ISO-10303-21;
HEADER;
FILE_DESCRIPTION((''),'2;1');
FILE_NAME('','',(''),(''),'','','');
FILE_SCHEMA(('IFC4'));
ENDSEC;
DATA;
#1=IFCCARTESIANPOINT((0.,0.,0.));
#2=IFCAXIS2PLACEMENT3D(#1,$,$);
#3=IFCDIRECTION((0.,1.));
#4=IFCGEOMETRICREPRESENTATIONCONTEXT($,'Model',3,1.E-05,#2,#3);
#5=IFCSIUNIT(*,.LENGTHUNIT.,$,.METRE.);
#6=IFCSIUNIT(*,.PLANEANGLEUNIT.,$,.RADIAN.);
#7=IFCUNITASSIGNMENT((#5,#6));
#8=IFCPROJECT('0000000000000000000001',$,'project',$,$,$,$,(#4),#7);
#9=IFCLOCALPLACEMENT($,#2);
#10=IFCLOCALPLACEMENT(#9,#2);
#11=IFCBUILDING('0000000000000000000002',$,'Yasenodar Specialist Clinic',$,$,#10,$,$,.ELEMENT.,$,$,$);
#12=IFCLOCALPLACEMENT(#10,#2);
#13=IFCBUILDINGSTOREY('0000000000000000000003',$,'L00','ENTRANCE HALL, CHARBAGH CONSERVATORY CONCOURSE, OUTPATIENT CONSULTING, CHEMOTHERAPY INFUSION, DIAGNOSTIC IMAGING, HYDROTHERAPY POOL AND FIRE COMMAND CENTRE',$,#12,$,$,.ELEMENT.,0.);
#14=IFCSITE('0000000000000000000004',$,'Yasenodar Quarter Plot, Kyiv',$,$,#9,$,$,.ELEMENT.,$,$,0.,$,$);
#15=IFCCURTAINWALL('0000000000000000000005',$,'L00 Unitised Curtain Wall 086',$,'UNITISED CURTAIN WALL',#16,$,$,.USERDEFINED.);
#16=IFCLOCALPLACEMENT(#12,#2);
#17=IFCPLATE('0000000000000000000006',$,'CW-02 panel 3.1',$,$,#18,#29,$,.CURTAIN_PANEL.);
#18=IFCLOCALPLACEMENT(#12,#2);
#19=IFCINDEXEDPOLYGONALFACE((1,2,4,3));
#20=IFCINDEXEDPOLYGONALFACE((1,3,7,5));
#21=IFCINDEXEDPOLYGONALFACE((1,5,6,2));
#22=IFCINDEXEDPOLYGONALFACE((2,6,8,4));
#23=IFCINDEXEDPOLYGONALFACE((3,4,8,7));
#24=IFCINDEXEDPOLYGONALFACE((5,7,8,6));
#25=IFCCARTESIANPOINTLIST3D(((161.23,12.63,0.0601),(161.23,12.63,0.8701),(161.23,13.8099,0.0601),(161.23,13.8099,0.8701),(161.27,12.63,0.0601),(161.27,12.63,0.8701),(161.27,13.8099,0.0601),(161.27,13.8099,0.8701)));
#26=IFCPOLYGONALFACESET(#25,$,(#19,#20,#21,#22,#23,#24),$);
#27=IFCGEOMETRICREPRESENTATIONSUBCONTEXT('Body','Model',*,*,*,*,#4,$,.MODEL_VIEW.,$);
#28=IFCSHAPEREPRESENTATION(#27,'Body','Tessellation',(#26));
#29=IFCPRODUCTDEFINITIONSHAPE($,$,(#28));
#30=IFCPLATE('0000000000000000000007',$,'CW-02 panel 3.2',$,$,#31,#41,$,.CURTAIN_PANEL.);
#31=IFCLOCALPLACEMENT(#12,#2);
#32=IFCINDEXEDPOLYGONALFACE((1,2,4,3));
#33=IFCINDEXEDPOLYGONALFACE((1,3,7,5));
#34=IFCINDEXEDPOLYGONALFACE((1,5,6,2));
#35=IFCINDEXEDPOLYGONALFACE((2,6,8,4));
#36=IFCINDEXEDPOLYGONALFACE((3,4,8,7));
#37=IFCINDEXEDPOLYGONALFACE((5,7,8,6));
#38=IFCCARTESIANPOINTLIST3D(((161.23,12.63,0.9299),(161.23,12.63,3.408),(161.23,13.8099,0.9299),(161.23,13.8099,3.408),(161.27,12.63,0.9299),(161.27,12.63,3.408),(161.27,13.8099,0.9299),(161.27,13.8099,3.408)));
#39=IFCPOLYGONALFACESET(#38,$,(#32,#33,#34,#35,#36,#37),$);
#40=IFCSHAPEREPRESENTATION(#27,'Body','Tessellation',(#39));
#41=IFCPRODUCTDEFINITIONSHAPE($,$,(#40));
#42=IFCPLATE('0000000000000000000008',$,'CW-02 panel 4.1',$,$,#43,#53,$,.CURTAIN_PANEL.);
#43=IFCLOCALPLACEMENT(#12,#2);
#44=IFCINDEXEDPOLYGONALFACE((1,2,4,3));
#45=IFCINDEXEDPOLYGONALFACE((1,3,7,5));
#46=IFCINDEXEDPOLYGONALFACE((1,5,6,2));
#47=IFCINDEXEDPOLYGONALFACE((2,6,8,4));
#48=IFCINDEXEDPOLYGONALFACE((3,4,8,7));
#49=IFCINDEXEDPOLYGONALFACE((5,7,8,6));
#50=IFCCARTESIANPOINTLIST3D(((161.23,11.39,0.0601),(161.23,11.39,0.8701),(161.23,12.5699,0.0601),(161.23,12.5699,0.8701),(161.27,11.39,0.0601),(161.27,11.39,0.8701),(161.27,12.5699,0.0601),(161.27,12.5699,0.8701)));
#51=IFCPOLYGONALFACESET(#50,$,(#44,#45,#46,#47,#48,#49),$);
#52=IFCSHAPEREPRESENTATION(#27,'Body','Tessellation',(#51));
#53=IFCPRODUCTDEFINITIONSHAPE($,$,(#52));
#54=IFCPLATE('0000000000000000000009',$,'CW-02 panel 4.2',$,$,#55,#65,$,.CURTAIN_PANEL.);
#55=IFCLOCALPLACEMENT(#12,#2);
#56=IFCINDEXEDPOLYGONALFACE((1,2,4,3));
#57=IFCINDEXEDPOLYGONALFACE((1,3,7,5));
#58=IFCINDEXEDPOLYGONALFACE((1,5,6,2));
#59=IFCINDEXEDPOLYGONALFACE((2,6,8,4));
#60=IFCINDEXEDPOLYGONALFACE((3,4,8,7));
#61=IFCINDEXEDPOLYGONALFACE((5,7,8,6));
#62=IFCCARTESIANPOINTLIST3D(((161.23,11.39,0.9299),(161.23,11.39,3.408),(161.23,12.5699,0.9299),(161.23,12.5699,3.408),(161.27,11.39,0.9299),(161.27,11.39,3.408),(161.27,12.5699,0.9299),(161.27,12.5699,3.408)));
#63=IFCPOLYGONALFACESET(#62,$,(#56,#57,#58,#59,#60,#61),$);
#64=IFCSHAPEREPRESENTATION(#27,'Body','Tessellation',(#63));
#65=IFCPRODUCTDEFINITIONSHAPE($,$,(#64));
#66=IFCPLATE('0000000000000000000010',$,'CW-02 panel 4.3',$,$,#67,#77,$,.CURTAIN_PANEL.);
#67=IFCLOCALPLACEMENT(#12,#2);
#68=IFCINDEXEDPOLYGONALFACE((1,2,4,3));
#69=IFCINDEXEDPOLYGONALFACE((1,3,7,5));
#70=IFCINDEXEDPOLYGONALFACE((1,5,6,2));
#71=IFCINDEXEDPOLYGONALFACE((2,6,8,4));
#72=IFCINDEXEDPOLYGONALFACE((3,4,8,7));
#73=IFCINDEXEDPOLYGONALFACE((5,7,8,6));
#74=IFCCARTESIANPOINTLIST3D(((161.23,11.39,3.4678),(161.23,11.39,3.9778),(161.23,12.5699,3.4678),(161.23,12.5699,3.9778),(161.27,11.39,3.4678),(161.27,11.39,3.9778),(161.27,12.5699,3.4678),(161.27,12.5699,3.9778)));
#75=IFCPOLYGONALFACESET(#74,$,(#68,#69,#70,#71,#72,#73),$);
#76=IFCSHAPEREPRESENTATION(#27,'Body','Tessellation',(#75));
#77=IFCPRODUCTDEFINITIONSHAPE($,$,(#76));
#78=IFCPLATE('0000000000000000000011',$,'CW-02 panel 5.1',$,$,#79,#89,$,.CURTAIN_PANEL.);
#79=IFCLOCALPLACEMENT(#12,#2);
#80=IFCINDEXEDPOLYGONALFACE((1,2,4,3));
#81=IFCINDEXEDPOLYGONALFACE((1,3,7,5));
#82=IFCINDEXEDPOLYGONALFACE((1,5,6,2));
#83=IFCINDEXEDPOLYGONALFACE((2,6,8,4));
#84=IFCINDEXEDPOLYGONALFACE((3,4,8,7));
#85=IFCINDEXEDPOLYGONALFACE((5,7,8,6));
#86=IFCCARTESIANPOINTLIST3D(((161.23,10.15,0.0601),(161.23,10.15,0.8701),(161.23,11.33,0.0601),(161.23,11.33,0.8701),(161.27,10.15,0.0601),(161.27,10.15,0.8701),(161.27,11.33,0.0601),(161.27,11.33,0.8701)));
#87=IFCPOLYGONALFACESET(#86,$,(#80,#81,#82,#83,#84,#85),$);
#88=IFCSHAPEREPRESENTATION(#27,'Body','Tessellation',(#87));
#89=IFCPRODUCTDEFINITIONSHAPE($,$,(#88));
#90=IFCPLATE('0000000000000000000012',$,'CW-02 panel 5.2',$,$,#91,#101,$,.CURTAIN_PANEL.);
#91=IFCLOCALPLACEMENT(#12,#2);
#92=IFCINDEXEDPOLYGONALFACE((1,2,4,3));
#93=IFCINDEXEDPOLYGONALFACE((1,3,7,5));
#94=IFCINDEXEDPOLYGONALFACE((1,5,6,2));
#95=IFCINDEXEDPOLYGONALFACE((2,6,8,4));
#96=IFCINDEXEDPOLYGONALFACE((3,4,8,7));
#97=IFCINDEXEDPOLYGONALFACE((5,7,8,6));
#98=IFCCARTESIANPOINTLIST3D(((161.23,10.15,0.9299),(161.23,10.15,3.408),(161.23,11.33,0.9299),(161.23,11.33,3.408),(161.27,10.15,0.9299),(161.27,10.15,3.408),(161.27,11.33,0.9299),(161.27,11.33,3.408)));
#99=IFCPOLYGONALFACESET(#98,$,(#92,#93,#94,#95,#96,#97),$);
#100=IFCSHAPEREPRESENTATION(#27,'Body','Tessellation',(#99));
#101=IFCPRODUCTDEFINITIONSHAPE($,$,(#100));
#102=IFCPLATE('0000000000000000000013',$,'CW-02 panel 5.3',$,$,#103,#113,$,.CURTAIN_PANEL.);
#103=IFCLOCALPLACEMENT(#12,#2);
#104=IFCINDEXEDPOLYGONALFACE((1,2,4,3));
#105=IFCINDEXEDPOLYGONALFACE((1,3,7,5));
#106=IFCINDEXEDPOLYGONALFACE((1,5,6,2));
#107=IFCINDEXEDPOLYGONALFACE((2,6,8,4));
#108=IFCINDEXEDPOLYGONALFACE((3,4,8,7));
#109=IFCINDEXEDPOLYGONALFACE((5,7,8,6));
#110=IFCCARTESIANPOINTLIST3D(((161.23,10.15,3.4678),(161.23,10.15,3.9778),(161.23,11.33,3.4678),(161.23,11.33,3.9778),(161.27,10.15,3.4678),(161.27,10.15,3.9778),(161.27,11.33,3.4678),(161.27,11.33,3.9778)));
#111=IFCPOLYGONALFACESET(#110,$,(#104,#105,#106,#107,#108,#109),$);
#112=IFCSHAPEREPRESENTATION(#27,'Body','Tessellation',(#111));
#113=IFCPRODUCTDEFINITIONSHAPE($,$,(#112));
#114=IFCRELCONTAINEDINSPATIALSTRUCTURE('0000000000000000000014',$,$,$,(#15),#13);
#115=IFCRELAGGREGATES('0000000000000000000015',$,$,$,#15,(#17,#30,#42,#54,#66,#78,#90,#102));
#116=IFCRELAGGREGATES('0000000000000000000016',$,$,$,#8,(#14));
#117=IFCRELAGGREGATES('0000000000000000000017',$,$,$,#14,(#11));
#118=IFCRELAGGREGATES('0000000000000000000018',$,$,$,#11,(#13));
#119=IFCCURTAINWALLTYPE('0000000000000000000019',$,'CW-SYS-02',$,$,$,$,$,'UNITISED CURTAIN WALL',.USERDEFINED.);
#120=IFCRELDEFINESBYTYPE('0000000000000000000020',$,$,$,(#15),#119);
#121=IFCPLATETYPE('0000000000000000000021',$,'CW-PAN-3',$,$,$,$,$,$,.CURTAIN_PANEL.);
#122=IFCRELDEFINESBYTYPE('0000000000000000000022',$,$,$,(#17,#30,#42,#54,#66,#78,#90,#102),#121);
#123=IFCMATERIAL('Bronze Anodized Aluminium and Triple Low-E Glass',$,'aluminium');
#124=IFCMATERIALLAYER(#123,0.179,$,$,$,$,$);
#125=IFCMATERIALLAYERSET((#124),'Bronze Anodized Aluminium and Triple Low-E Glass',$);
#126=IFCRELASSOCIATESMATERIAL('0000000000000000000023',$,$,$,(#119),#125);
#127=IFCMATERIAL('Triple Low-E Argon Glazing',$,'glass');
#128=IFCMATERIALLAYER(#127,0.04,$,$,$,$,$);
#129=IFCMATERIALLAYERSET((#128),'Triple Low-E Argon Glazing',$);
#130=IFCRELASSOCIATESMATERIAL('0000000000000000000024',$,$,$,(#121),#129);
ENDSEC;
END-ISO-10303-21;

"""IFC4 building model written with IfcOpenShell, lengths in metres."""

from ifc_helpers import new_model, si_unit, direction, frame, origin, origin_2d, place, context, subcontext, project, spatial, rectangle, extrude, material, layer, layer_set, type_object, element, aggregate, save


model = new_model("IFC4")

# Units and contexts
model_context = context("Model", 3, precision=1e-05, world=origin(), true_north=direction((0.0, 1.0)))
body_context = subcontext(model_context, "Body", "Model", "MODEL_VIEW")
ifc_project = project(units=[si_unit("LENGTHUNIT", "METRE"), si_unit("PLANEANGLEUNIT", "RADIAN")], contexts=[model_context])

# Site, building, storey
site_placement = place(None, origin())
site = spatial("IfcSite", under=ifc_project, at=site_placement, Name="Yasenodar Quarter Plot, Kyiv", CompositionType="ELEMENT", RefElevation=0.0)
building_placement = place(site_placement, origin())
building = spatial("IfcBuilding", under=site, at=building_placement, Name="Yasenodar Specialist Clinic", CompositionType="ELEMENT")
storey_placement = place(building_placement, origin())
storey = spatial("IfcBuildingStorey", under=building, at=storey_placement, Name="L00", Description="ENTRANCE HALL, CHARBAGH CONSERVATORY CONCOURSE, OUTPATIENT CONSULTING, CHEMOTHERAPY INFUSION, DIAGNOSTIC IMAGING, HYDROTHERAPY POOL AND FIRE COMMAND CENTRE", CompositionType="ELEMENT", Elevation=0.0)

# Curtain wall, plates
ifc_material_1 = material(Name="Bronze Anodized Aluminium and Triple Low-E Glass", Category="aluminium")
ifc_layer_1 = layer(ifc_material_1, 0.179)
ifc_layer_set_1 = layer_set([ifc_layer_1], Name="Bronze Anodized Aluminium and Triple Low-E Glass")
curtain_wall_type = type_object("IfcCurtainWallType", Name="CW-SYS-02", ElementType="UNITISED CURTAIN WALL", PredefinedType="USERDEFINED", material=ifc_layer_set_1)
curtain_wall_placement = place(storey_placement, origin())
curtain_wall = element("IfcCurtainWall", 1, at=curtain_wall_placement, inside=storey, type_object=curtain_wall_type, Name="L00 Unitised Curtain Wall 086", ObjectType="UNITISED CURTAIN WALL", PredefinedType="USERDEFINED")
ifc_material_2 = material(Name="Triple Low-E Argon Glazing", Category="glass")
ifc_layer_2 = layer(ifc_material_2, 0.04)
ifc_layer_set_2 = layer_set([ifc_layer_2], Name="Triple Low-E Argon Glazing")
plate_type = type_object("IfcPlateType", Name="CW-PAN-3", PredefinedType="CURTAIN_PANEL", material=ifc_layer_set_2)
plate_1_placement = place(storey_placement, frame((161.25, 13.22, 0.0601), z_axis=(0.0, 0.0, 1.0), x_axis=(0.0, -1.0, 0.0)))
plate_1 = element("IfcPlate", 2, at=plate_1_placement, type_object=plate_type, Name="CW-02 panel 3.1", PredefinedType="CURTAIN_PANEL", context=body_context, shape_type="SweptSolid", body=[
    extrude(rectangle(XDim=1.1799, YDim=0.04, at=origin_2d()), origin(), (0.0, 0.0, 1.0), 0.8101),
])
plate_2_placement = place(storey_placement, frame((161.25, 13.22, 0.9299), z_axis=(0.0, 0.0, 1.0), x_axis=(0.0, -1.0, 0.0)))
plate_2 = element("IfcPlate", 3, at=plate_2_placement, type_object=plate_type, Name="CW-02 panel 3.2", PredefinedType="CURTAIN_PANEL", context=body_context, shape_type="SweptSolid", body=[
    extrude(rectangle(XDim=1.1799, YDim=0.04, at=origin_2d()), origin(), (0.0, 0.0, 1.0), 2.478),
])
plate_3_placement = place(storey_placement, frame((161.25, 11.98, 0.0601), z_axis=(0.0, 0.0, 1.0), x_axis=(0.0, -1.0, 0.0)))
plate_3 = element("IfcPlate", 4, at=plate_3_placement, type_object=plate_type, Name="CW-02 panel 4.1", PredefinedType="CURTAIN_PANEL", context=body_context, shape_type="SweptSolid", body=[
    extrude(rectangle(XDim=1.1799, YDim=0.04, at=origin_2d()), origin(), (0.0, 0.0, 1.0), 0.8101),
])
plate_4_placement = place(storey_placement, frame((161.25, 11.98, 0.9299), z_axis=(0.0, 0.0, 1.0), x_axis=(0.0, -1.0, 0.0)))
plate_4 = element("IfcPlate", 5, at=plate_4_placement, type_object=plate_type, Name="CW-02 panel 4.2", PredefinedType="CURTAIN_PANEL", context=body_context, shape_type="SweptSolid", body=[
    extrude(rectangle(XDim=1.1799, YDim=0.04, at=origin_2d()), origin(), (0.0, 0.0, 1.0), 2.478),
])
plate_5_placement = place(storey_placement, frame((161.25, 11.98, 3.4678), z_axis=(0.0, 0.0, 1.0), x_axis=(0.0, -1.0, 0.0)))
plate_5 = element("IfcPlate", 6, at=plate_5_placement, type_object=plate_type, Name="CW-02 panel 4.3", PredefinedType="CURTAIN_PANEL", context=body_context, shape_type="SweptSolid", body=[
    extrude(rectangle(XDim=1.1799, YDim=0.04, at=origin_2d()), origin(), (0.0, 0.0, 1.0), 0.51),
])
plate_6_placement = place(storey_placement, frame((161.25, 10.74, 0.0601), z_axis=(0.0, 0.0, 1.0), x_axis=(0.0, -1.0, 0.0)))
plate_6 = element("IfcPlate", 7, at=plate_6_placement, type_object=plate_type, Name="CW-02 panel 5.1", PredefinedType="CURTAIN_PANEL", context=body_context, shape_type="SweptSolid", body=[
    extrude(rectangle(XDim=1.1799, YDim=0.04, at=origin_2d()), origin(), (0.0, 0.0, 1.0), 0.8101),
])
plate_7_placement = place(storey_placement, frame((161.25, 10.74, 0.9299), z_axis=(0.0, 0.0, 1.0), x_axis=(0.0, -1.0, 0.0)))
plate_7 = element("IfcPlate", 8, at=plate_7_placement, type_object=plate_type, Name="CW-02 panel 5.2", PredefinedType="CURTAIN_PANEL", context=body_context, shape_type="SweptSolid", body=[
    extrude(rectangle(XDim=1.1799, YDim=0.04, at=origin_2d()), origin(), (0.0, 0.0, 1.0), 2.478),
])
plate_8_placement = place(storey_placement, frame((161.25, 10.74, 3.4678), z_axis=(0.0, 0.0, 1.0), x_axis=(0.0, -1.0, 0.0)))
plate_8 = element("IfcPlate", 9, at=plate_8_placement, type_object=plate_type, Name="CW-02 panel 5.3", PredefinedType="CURTAIN_PANEL", context=body_context, shape_type="SweptSolid", body=[
    extrude(rectangle(XDim=1.1799, YDim=0.04, at=origin_2d()), origin(), (0.0, 0.0, 1.0), 0.51),
])
aggregate(curtain_wall, [plate_1, plate_2, plate_3, plate_4, plate_5, plate_6, plate_7, plate_8])

save(model, "model.ifc")
